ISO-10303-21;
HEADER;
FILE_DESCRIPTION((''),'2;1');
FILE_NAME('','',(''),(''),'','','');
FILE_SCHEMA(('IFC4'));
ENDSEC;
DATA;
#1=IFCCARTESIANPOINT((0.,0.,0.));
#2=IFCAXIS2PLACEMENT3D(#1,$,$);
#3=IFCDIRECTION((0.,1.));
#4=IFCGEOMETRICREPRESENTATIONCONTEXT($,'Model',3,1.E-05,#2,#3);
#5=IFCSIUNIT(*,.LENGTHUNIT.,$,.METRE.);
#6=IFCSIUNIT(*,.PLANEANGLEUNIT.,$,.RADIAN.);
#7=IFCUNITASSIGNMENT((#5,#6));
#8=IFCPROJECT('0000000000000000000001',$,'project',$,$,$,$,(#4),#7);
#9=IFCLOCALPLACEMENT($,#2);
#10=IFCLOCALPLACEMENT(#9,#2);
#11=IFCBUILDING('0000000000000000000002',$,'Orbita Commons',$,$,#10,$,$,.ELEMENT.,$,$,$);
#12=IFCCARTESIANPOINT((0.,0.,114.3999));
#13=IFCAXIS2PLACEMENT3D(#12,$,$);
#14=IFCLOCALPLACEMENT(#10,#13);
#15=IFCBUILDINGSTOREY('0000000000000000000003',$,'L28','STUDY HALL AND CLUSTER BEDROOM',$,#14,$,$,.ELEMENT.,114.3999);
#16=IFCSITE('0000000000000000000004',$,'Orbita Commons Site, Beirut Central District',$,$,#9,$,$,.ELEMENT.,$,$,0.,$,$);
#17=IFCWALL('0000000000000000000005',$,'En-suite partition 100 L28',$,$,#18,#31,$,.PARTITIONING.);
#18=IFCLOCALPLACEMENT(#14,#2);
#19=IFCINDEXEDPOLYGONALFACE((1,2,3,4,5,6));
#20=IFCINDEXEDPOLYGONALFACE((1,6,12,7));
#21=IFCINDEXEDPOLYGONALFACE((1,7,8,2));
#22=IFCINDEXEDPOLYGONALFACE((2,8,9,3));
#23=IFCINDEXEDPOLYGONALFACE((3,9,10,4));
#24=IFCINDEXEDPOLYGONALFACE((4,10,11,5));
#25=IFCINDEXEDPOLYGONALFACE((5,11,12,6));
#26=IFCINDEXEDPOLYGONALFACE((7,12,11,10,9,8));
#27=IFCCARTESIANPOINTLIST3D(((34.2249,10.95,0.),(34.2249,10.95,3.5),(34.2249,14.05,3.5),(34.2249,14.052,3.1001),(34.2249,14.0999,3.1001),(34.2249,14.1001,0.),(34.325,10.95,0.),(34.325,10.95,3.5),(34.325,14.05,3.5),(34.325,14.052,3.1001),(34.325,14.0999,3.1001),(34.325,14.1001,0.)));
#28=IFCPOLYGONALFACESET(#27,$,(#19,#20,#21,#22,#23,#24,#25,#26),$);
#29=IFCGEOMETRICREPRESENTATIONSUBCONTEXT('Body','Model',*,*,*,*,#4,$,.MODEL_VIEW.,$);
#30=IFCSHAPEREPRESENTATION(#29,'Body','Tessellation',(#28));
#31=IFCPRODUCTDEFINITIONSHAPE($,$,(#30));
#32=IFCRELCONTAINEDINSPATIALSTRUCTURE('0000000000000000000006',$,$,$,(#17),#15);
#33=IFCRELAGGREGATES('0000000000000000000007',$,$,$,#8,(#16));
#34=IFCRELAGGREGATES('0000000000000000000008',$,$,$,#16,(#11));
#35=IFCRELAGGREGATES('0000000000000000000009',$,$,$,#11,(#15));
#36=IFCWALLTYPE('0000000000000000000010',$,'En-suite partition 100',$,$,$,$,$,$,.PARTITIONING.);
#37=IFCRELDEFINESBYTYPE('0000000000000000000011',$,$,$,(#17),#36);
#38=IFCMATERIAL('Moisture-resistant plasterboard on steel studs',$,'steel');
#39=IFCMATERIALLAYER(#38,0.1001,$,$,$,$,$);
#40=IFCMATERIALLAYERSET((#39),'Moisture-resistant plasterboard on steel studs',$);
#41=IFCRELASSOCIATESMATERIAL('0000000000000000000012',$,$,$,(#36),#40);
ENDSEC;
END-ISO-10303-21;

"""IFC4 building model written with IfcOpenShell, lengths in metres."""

from ifc_helpers import new_model, si_unit, direction, frame, origin, place, context, subcontext, project, spatial, polyline, outline, extrude, material, layer, layer_set, type_object, element, save


model = new_model("IFC4")

# Units and contexts
model_context = context("Model", 3, precision=1e-05, world=origin(), true_north=direction((0.0, 1.0)))
body_context = subcontext(model_context, "Body", "Model", "MODEL_VIEW")
ifc_project = project(units=[si_unit("LENGTHUNIT", "METRE"), si_unit("PLANEANGLEUNIT", "RADIAN")], contexts=[model_context])

# Site, building, storey
site_placement = place(None, origin())
site = spatial("IfcSite", under=ifc_project, at=site_placement, Name="Orbita Commons Site, Beirut Central District", CompositionType="ELEMENT", RefElevation=0.0)
building_placement = place(site_placement, origin())
building = spatial("IfcBuilding", under=site, at=building_placement, Name="Orbita Commons", CompositionType="ELEMENT")
storey_placement = place(building_placement, frame((0.0, 0.0, 114.3999)))
storey = spatial("IfcBuildingStorey", under=building, at=storey_placement, Name="L28", Description="STUDY HALL AND CLUSTER BEDROOM", CompositionType="ELEMENT", Elevation=114.3999)

# Shared definitions
ifc_material_1 = material(Name="Moisture-resistant plasterboard on steel studs", Category="steel")
ifc_layer = layer(ifc_material_1, 0.1001)
ifc_layer_set = layer_set([ifc_layer], Name="Moisture-resistant plasterboard on steel studs")
wall_type = type_object("IfcWallType", Name="En-suite partition 100", PredefinedType="PARTITIONING", material=ifc_layer_set)

# Wall
wall_1_placement = place(storey_placement, frame((34.2749, 10.95, 0.0), z_axis=(0.0, 0.0, 1.0), x_axis=(0.0, 1.0, 0.0)))
element("IfcWall", 1, at=wall_1_placement, inside=storey, type_object=wall_type, Name="En-suite partition 100 L28", PredefinedType="PARTITIONING", context=body_context, shape_type="SweptSolid", body=[
    extrude(outline(polyline([(0.0, 0.0), (3.1501, 0.0), (3.1499, 3.1001), (3.1021, 3.1001), (3.1001, 3.5), (0.0, 3.5), (0.0, 0.0)])), frame((0.0, 0.05, 0.0), z_axis=(0.0, -1.0, 0.0), x_axis=(1.0, 0.0, 0.0)), (0.0, 0.0, 1.0), 0.1001),
])

save(model, "model.ifc")
